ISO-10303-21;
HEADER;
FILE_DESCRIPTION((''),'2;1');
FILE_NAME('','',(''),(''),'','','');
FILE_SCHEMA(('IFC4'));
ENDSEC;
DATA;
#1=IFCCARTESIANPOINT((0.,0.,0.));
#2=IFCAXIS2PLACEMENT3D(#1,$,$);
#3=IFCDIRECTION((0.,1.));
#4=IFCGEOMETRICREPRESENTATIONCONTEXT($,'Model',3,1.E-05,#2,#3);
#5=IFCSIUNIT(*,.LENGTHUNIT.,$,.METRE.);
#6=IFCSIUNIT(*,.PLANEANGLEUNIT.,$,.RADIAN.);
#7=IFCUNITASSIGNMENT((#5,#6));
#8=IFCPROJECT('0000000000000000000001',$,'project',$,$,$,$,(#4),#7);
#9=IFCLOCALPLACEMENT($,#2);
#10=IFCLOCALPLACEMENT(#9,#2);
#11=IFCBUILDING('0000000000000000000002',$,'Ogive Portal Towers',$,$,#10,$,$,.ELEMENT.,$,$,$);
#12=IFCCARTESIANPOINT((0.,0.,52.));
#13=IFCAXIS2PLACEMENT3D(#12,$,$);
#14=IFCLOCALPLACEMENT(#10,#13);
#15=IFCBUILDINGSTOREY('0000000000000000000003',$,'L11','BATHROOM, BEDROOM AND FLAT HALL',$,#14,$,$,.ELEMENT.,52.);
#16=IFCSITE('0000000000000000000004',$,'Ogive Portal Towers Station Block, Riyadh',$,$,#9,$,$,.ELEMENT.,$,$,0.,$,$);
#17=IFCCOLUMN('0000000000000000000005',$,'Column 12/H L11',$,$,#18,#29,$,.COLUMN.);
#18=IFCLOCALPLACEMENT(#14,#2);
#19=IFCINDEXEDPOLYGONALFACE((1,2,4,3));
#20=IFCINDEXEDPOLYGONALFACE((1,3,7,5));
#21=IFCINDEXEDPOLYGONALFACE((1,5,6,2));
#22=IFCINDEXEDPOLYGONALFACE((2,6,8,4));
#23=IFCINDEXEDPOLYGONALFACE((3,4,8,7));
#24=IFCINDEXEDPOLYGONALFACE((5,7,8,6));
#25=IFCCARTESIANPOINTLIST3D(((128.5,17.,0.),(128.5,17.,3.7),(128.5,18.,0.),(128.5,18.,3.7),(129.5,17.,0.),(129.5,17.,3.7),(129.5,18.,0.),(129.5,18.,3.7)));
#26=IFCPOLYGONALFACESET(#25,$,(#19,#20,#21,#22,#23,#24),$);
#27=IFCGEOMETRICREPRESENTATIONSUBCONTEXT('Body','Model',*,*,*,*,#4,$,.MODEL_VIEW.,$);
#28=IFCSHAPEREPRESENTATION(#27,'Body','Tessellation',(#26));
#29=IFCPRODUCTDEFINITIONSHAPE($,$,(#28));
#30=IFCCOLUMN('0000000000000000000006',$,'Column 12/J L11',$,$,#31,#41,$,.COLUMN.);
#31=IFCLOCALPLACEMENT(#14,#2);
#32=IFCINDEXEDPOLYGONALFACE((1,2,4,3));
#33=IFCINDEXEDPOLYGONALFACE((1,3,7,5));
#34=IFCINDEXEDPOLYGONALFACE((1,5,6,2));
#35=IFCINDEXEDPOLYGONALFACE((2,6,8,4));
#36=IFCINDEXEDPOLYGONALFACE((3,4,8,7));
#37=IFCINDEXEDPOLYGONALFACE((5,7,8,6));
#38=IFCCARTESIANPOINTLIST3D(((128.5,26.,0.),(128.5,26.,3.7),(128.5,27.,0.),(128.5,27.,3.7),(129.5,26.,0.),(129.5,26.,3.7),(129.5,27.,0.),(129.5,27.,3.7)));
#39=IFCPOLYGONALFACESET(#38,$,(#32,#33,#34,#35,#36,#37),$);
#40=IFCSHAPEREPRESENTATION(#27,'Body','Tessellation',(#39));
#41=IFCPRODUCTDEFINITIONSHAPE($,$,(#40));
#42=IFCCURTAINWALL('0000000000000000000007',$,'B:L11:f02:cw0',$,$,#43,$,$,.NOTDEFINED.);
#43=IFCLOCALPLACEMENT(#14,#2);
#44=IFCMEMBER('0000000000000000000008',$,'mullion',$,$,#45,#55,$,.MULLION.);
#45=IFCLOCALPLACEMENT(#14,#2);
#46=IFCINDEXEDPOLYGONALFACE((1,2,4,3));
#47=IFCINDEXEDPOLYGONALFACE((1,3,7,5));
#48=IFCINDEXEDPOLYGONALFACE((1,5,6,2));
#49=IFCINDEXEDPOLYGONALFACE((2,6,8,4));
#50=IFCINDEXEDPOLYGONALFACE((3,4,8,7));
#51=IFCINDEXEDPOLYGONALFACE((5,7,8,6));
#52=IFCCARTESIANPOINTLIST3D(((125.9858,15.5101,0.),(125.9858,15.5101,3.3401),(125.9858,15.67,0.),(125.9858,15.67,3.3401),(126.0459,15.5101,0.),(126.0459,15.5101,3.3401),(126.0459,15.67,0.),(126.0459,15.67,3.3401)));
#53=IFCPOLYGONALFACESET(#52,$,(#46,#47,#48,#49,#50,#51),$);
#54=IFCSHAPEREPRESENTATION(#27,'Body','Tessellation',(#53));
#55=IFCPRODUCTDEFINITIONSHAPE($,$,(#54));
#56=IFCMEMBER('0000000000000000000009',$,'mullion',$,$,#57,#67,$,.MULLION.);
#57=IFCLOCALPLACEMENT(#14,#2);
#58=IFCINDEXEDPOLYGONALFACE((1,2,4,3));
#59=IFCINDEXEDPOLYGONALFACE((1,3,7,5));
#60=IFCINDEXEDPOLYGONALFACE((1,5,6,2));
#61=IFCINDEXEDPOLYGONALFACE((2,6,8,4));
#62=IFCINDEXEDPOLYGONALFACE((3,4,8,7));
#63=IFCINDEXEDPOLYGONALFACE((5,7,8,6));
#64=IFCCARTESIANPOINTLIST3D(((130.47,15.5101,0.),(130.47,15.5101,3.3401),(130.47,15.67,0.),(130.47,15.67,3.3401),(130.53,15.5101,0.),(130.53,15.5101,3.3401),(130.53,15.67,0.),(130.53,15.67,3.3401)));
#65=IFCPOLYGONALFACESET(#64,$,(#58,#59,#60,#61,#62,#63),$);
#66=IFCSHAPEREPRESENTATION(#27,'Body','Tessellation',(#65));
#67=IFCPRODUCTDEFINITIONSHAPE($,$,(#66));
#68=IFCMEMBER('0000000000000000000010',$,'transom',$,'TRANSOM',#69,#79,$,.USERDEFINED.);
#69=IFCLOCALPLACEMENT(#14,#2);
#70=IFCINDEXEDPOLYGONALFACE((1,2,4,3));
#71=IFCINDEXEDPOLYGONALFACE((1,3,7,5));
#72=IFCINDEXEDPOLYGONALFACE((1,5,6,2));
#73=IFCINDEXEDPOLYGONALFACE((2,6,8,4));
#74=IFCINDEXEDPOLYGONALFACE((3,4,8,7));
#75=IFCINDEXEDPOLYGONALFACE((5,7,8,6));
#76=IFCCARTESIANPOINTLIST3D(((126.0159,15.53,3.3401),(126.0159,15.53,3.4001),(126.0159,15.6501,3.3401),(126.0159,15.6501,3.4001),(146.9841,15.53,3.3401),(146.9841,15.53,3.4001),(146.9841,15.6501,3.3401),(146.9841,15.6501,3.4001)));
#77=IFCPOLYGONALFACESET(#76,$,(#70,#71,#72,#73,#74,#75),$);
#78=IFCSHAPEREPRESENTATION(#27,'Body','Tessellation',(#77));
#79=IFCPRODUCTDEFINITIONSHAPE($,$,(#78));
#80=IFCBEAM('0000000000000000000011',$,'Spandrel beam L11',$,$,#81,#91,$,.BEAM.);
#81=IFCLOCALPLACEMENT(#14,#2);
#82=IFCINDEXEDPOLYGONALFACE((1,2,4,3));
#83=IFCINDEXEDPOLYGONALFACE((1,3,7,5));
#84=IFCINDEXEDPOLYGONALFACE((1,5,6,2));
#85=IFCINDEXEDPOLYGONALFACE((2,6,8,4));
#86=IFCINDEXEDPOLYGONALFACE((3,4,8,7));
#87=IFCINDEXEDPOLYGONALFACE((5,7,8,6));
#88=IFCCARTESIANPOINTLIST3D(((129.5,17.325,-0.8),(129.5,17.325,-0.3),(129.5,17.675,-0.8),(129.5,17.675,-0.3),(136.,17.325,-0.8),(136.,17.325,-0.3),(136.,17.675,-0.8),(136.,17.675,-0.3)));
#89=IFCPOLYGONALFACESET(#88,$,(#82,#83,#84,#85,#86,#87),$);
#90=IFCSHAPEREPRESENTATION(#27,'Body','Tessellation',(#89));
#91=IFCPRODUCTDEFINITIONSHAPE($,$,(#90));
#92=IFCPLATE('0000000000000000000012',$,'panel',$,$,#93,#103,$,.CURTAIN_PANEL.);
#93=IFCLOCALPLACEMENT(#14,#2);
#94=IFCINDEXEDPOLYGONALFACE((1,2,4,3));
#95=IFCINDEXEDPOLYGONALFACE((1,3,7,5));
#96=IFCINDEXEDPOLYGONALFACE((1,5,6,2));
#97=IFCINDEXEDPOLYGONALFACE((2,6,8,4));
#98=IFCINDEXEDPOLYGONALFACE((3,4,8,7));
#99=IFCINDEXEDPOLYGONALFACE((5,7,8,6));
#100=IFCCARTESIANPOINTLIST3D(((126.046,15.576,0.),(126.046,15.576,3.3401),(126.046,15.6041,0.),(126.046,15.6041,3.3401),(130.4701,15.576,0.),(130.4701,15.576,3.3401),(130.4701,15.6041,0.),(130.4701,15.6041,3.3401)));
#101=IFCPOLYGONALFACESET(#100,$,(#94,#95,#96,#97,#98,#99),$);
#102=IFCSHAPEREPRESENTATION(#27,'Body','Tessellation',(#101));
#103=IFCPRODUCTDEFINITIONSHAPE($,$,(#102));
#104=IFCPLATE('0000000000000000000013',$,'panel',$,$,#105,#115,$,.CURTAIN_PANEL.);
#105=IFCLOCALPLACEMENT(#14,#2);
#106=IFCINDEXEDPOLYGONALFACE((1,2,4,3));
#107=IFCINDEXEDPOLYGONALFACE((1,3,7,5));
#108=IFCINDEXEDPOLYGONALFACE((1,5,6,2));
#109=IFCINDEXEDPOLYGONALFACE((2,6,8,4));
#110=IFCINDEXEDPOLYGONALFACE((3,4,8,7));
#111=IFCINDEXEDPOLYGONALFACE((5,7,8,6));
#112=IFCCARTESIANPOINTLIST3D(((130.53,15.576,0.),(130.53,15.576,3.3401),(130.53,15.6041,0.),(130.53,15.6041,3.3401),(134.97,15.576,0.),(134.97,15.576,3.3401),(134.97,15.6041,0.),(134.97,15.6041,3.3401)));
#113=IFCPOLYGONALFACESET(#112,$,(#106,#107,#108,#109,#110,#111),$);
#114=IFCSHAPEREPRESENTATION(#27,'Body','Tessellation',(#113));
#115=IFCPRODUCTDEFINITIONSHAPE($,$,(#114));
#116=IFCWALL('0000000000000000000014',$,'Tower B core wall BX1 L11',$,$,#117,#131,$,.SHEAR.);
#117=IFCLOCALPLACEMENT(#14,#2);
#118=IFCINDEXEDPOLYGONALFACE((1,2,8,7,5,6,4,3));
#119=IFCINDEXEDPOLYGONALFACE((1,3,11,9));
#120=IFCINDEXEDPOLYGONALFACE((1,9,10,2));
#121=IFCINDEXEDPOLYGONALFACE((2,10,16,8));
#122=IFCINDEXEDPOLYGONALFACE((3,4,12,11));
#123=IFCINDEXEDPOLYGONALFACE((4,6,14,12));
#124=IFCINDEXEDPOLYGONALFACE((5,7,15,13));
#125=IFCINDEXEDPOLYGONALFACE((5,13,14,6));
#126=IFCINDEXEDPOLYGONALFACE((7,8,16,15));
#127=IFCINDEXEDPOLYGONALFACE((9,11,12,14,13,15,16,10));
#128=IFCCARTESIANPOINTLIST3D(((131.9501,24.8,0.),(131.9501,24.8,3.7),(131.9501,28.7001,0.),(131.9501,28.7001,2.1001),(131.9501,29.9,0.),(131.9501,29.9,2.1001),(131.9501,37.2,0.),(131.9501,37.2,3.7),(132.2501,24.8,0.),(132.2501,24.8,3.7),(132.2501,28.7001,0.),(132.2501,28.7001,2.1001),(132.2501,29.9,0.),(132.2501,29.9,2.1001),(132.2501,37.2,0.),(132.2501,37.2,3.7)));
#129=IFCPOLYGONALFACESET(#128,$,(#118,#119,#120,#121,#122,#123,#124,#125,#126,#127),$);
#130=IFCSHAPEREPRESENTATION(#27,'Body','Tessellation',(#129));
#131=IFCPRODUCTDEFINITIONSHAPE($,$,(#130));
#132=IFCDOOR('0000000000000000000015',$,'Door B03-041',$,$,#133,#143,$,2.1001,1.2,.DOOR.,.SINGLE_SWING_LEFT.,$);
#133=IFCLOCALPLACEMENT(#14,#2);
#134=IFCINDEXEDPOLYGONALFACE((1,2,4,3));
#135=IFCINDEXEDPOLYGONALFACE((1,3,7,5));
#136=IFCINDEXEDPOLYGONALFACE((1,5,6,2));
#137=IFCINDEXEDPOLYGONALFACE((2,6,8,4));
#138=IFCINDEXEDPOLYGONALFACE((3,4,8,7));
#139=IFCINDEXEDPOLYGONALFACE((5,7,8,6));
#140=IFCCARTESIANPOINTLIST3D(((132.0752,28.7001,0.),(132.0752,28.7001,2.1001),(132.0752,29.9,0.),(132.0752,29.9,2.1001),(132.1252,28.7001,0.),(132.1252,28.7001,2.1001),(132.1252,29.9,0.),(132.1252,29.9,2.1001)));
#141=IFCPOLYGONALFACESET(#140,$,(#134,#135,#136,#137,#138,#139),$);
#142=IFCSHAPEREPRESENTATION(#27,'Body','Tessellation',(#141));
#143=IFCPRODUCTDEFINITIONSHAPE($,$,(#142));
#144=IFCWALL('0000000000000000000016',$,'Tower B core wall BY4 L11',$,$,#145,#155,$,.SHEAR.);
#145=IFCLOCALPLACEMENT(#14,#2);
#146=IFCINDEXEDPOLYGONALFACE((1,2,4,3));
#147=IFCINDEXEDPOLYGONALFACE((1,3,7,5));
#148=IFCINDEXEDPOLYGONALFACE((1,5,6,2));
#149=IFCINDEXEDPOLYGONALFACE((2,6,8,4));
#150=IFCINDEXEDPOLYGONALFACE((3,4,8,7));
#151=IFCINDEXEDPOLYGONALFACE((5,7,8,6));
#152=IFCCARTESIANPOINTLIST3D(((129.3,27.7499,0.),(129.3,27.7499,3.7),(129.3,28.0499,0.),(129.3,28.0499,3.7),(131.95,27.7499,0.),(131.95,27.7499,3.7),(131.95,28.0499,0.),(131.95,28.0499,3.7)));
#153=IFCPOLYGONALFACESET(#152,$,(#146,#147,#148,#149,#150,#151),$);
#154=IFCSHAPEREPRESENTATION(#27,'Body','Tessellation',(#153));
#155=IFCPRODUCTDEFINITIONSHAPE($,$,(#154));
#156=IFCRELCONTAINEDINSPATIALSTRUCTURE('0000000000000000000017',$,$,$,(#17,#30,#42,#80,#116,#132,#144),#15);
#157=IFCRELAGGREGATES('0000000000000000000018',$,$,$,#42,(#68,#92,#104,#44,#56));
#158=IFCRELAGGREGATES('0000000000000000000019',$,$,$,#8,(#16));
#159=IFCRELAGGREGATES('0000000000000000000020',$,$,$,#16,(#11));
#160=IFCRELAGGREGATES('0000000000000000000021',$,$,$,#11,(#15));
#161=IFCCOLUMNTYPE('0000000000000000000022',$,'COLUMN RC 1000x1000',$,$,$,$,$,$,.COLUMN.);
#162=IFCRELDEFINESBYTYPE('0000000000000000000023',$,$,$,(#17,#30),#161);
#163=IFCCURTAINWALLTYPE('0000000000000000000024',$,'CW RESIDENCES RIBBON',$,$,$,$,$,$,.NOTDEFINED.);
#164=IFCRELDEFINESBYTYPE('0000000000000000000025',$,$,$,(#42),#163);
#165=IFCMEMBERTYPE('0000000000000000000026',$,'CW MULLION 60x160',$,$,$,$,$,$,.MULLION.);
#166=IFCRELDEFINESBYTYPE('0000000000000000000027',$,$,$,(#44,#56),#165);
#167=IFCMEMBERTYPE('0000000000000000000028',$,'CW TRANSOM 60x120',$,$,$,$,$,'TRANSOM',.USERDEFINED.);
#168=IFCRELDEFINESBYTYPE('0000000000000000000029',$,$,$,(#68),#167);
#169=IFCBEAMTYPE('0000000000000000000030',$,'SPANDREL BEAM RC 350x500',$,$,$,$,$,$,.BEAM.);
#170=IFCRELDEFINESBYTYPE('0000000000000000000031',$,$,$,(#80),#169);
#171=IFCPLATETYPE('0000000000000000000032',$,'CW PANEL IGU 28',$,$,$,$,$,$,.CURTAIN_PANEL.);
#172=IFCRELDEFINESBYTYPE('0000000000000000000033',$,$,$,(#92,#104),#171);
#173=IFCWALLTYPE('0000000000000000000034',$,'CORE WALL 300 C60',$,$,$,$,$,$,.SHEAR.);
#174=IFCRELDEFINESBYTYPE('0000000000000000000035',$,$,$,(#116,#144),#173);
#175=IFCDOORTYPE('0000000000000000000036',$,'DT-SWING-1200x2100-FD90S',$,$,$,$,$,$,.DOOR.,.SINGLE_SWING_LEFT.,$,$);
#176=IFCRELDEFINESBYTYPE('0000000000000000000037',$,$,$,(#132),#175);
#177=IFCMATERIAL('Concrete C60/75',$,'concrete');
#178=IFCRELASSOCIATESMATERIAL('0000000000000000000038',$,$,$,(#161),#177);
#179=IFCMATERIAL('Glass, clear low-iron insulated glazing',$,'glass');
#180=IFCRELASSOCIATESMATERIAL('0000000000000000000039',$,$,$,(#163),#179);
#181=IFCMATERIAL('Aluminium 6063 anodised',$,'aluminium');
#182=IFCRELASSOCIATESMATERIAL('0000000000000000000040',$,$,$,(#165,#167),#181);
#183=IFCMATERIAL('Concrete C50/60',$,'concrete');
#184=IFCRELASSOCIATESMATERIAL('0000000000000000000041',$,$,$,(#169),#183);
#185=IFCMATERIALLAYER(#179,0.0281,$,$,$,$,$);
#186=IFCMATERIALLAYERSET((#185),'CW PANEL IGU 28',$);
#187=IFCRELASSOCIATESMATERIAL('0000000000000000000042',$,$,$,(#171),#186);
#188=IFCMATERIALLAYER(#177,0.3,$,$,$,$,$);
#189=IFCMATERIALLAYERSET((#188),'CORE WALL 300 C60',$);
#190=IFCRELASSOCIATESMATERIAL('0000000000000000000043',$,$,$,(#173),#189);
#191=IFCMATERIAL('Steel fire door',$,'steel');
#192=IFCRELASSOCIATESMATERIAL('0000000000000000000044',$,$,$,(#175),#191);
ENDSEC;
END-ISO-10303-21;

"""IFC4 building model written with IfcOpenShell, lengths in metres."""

from ifc_helpers import new_model, si_unit, direction, frame, frame_2d, origin, origin_2d, place, context, subcontext, project, spatial, rectangle, extrude, material, layer, layer_set, material_profile, profile_set, type_object, element, fill, aggregate, save


model = new_model("IFC4")

# Units and contexts
model_context = context("Model", 3, precision=1e-05, world=origin(), true_north=direction((0.0, 1.0)))
body_context = subcontext(model_context, "Body", "Model", "MODEL_VIEW")
ifc_project = project(units=[si_unit("LENGTHUNIT", "METRE"), si_unit("PLANEANGLEUNIT", "RADIAN")], contexts=[model_context])

# Site, building, storey
site_placement = place(None, origin())
site = spatial("IfcSite", under=ifc_project, at=site_placement, Name="Ogive Portal Towers Station Block, Riyadh", CompositionType="ELEMENT", RefElevation=0.0)
building_placement = place(site_placement, origin())
building = spatial("IfcBuilding", under=site, at=building_placement, Name="Ogive Portal Towers", CompositionType="ELEMENT")
storey_placement = place(building_placement, frame((0.0, 0.0, 52.0)))
storey = spatial("IfcBuildingStorey", under=building, at=storey_placement, Name="L11", Description="BATHROOM, BEDROOM AND FLAT HALL", CompositionType="ELEMENT", Elevation=52.0)

# Columns
ifc_material_1 = material(Name="Concrete C60/75", Category="concrete")
ifc_material_profile_1 = material_profile(ifc_material_1, rectangle(XDim=1.0, YDim=1.0, at=origin_2d()), Name="RC 1000x1000")
ifc_profile_set_1 = profile_set([ifc_material_profile_1], Name="Concrete C60/75")
column_type = type_object("IfcColumnType", Name="COLUMN RC 1000x1000", PredefinedType="COLUMN", material=ifc_profile_set_1)
for number, where, z_axis, x_axis, name in (
    (1, (129.0, 17.5, 0.0), (0.0, 0.0, 1.0), (1.0, 0.0, 0.0), "Column 12/H L11"),
    (2, (129.0, 26.5, 0.0), (0.0, 0.0, 1.0), (1.0, 0.0, 0.0), "Column 12/J L11"),
):
    element("IfcColumn", number, at=place(storey_placement, frame(where, z_axis=z_axis, x_axis=x_axis)), inside=storey, type_object=column_type, Name=name, PredefinedType="COLUMN", context=body_context, shape_type="SweptSolid", body=[
        extrude(rectangle(XDim=1.0, YDim=1.0, at=origin_2d()), origin(), (0.0, 0.0, 1.0), 3.7),
    ])

# Curtain wall, members
ifc_material_2 = material(Name="Glass, clear low-iron insulated glazing", Category="glass")
curtain_wall_type = type_object("IfcCurtainWallType", Name="CW RESIDENCES RIBBON", PredefinedType="NOTDEFINED", material=ifc_material_2)
curtain_wall_placement = place(storey_placement, origin())
curtain_wall = element("IfcCurtainWall", 3, at=curtain_wall_placement, inside=storey, type_object=curtain_wall_type, Name="B:L11:f02:cw0", PredefinedType="NOTDEFINED")
ifc_material_3 = material(Name="Aluminium 6063 anodised", Category="aluminium")
ifc_material_profile_2 = material_profile(ifc_material_3, rectangle(XDim=0.1599, YDim=0.0601, at=origin_2d()), Name="AL 60x160")
ifc_profile_set_2 = profile_set([ifc_material_profile_2], Name="Aluminium 6063 anodised")
member_type_1 = type_object("IfcMemberType", Name="CW MULLION 60x160", PredefinedType="MULLION", material=ifc_profile_set_2)
member_1_placement = place(storey_placement, frame((126.0159, 15.5901, 0.0), z_axis=(0.0, 0.0, 1.0), x_axis=(0.0, 1.0, 0.0)))
member_1 = element("IfcMember", 4, at=member_1_placement, type_object=member_type_1, Name="mullion", PredefinedType="MULLION", context=body_context, shape_type="SweptSolid", body=[
    extrude(rectangle(XDim=0.1599, YDim=0.0601, at=origin_2d()), origin(), (0.0, 0.0, 1.0), 3.3401),
])
member_2_placement = place(storey_placement, frame((130.5, 15.5901, 0.0), z_axis=(0.0, 0.0, 1.0), x_axis=(0.0, 1.0, 0.0)))
member_2 = element("IfcMember", 5, at=member_2_placement, type_object=member_type_1, Name="mullion", PredefinedType="MULLION", context=body_context, shape_type="SweptSolid", body=[
    extrude(rectangle(XDim=0.1599, YDim=0.0601, at=origin_2d()), origin(), (0.0, 0.0, 1.0), 3.3401),
])
ifc_material_profile_3 = material_profile(ifc_material_3, rectangle(XDim=0.1201, YDim=0.0601, at=origin_2d()), Name="AL 120x60")
ifc_profile_set_3 = profile_set([ifc_material_profile_3], Name="Aluminium 6063 anodised")
member_type_2 = type_object("IfcMemberType", Name="CW TRANSOM 60x120", ElementType="TRANSOM", PredefinedType="USERDEFINED", material=ifc_profile_set_3)
member_3_placement = place(storey_placement, frame((126.0159, 15.5901, 3.3701), z_axis=(1.0, 0.0, 0.0), x_axis=(0.0, 1.0, 0.0)))
member_3 = element("IfcMember", 6, at=member_3_placement, type_object=member_type_2, Name="transom", ObjectType="TRANSOM", PredefinedType="USERDEFINED", context=body_context, shape_type="SweptSolid", body=[
    extrude(rectangle(XDim=0.1201, YDim=0.0601, at=origin_2d()), origin(), (0.0, 0.0, 1.0), 20.9683),
])

# Beam
ifc_material_4 = material(Name="Concrete C50/60", Category="concrete")
ifc_material_profile_4 = material_profile(ifc_material_4, rectangle(XDim=0.3501, YDim=0.5, at=origin_2d()), Name="RC 350x500")
ifc_profile_set_4 = profile_set([ifc_material_profile_4], Name="Concrete C50/60")
beam_type = type_object("IfcBeamType", Name="SPANDREL BEAM RC 350x500", PredefinedType="BEAM", material=ifc_profile_set_4)
beam_placement = place(storey_placement, frame((129.5, 17.5, -0.55), z_axis=(1.0, 0.0, 0.0), x_axis=(0.0, 1.0, 0.0)))
element("IfcBeam", 7, at=beam_placement, inside=storey, type_object=beam_type, Name="Spandrel beam L11", PredefinedType="BEAM", context=body_context, shape_type="SweptSolid", body=[
    extrude(rectangle(XDim=0.3501, YDim=0.5, at=origin_2d()), origin(), (0.0, 0.0, 1.0), 6.5),
])

# Plates
ifc_layer_1 = layer(ifc_material_2, 0.0281)
ifc_layer_set_1 = layer_set([ifc_layer_1], Name="CW PANEL IGU 28")
plate_type = type_object("IfcPlateType", Name="CW PANEL IGU 28", PredefinedType="CURTAIN_PANEL", material=ifc_layer_set_1)
plate_1_placement = place(storey_placement, frame((128.2581, 15.5901, 0.0), z_axis=(0.0, 0.0, 1.0), x_axis=(1.0, 0.0, 0.0)))
plate_1 = element("IfcPlate", 8, at=plate_1_placement, type_object=plate_type, Name="panel", PredefinedType="CURTAIN_PANEL", context=body_context, shape_type="SweptSolid", body=[
    extrude(rectangle(XDim=4.4241, YDim=0.0281, at=origin_2d()), origin(), (0.0, 0.0, 1.0), 3.3401),
])
plate_2_placement = place(storey_placement, frame((132.75, 15.5901, 0.0), z_axis=(0.0, 0.0, 1.0), x_axis=(1.0, 0.0, 0.0)))
plate_2 = element("IfcPlate", 9, at=plate_2_placement, type_object=plate_type, Name="panel", PredefinedType="CURTAIN_PANEL", context=body_context, shape_type="SweptSolid", body=[
    extrude(rectangle(XDim=4.4399, YDim=0.0281, at=origin_2d()), origin(), (0.0, 0.0, 1.0), 3.3401),
])
aggregate(curtain_wall, [member_3, plate_1, plate_2, member_1, member_2])

# Wall, opening, door
ifc_layer_2 = layer(ifc_material_1, 0.3)
ifc_layer_set_2 = layer_set([ifc_layer_2], Name="CORE WALL 300 C60")
wall_type_1 = type_object("IfcWallType", Name="CORE WALL 300 C60", PredefinedType="SHEAR", material=ifc_layer_set_2)
wall_1_placement = place(storey_placement, frame((132.1001, 24.8, 0.0), z_axis=(0.0, 0.0, 1.0), x_axis=(0.0, 1.0, 0.0)))
wall_1 = element("IfcWall", 10, at=wall_1_placement, inside=storey, type_object=wall_type_1, Name="Tower B core wall BX1 L11", PredefinedType="SHEAR", context=body_context, shape_type="SweptSolid", body=[
    extrude(rectangle(XDim=12.3999, YDim=0.3, at=frame_2d((6.2, 0.0))), origin(), (0.0, 0.0, 1.0), 3.7),
])
opening_1_placement = place(wall_1_placement, frame((3.8999, 0.0, 0.0)))
opening_1 = element("IfcOpeningElement", 11, at=opening_1_placement, cuts=wall_1, PredefinedType="OPENING", context=body_context, shape_type="SweptSolid", body=[
    extrude(rectangle(XDim=1.2, YDim=2.1001, at=frame_2d((0.6001, 1.05))), frame((0.0, 0.1602, 0.0), z_axis=(0.0, -1.0, 0.0), x_axis=(1.0, 0.0, 0.0)), (0.0, 0.0, 1.0), 0.3201),
])
ifc_material_5 = material(Name="Steel fire door", Category="steel")
door_type_1 = type_object("IfcDoorType", Name="DT-SWING-1200x2100-FD90S", OperationType="SINGLE_SWING_LEFT", PredefinedType="DOOR", material=ifc_material_5)
door_1_placement = place(opening_1_placement, origin())
door_1 = element("IfcDoor", 12, at=door_1_placement, inside=storey, type_object=door_type_1, Name="Door B03-041", OperationType="SINGLE_SWING_LEFT", OverallHeight=2.1001, OverallWidth=1.2, PredefinedType="DOOR", context=body_context, shape_type="SweptSolid", body=[
    extrude(rectangle(XDim=1.2, YDim=2.1001, at=frame_2d((0.6001, 1.05))), frame((0.0, 0.0249, 0.0), z_axis=(0.0, -1.0, 0.0), x_axis=(1.0, 0.0, 0.0)), (0.0, 0.0, 1.0), 0.05),
])
fill(opening_1, door_1)

# Wall
wall_2_placement = place(storey_placement, frame((129.3, 27.8999, 0.0), z_axis=(0.0, 0.0, 1.0), x_axis=(1.0, 0.0, 0.0)))
element("IfcWall", 13, at=wall_2_placement, inside=storey, type_object=wall_type_1, Name="Tower B core wall BY4 L11", PredefinedType="SHEAR", context=body_context, shape_type="SweptSolid", body=[
    extrude(rectangle(XDim=2.6499, YDim=0.3, at=frame_2d((1.325, 0.0))), origin(), (0.0, 0.0, 1.0), 3.7),
])

save(model, "model.ifc")
